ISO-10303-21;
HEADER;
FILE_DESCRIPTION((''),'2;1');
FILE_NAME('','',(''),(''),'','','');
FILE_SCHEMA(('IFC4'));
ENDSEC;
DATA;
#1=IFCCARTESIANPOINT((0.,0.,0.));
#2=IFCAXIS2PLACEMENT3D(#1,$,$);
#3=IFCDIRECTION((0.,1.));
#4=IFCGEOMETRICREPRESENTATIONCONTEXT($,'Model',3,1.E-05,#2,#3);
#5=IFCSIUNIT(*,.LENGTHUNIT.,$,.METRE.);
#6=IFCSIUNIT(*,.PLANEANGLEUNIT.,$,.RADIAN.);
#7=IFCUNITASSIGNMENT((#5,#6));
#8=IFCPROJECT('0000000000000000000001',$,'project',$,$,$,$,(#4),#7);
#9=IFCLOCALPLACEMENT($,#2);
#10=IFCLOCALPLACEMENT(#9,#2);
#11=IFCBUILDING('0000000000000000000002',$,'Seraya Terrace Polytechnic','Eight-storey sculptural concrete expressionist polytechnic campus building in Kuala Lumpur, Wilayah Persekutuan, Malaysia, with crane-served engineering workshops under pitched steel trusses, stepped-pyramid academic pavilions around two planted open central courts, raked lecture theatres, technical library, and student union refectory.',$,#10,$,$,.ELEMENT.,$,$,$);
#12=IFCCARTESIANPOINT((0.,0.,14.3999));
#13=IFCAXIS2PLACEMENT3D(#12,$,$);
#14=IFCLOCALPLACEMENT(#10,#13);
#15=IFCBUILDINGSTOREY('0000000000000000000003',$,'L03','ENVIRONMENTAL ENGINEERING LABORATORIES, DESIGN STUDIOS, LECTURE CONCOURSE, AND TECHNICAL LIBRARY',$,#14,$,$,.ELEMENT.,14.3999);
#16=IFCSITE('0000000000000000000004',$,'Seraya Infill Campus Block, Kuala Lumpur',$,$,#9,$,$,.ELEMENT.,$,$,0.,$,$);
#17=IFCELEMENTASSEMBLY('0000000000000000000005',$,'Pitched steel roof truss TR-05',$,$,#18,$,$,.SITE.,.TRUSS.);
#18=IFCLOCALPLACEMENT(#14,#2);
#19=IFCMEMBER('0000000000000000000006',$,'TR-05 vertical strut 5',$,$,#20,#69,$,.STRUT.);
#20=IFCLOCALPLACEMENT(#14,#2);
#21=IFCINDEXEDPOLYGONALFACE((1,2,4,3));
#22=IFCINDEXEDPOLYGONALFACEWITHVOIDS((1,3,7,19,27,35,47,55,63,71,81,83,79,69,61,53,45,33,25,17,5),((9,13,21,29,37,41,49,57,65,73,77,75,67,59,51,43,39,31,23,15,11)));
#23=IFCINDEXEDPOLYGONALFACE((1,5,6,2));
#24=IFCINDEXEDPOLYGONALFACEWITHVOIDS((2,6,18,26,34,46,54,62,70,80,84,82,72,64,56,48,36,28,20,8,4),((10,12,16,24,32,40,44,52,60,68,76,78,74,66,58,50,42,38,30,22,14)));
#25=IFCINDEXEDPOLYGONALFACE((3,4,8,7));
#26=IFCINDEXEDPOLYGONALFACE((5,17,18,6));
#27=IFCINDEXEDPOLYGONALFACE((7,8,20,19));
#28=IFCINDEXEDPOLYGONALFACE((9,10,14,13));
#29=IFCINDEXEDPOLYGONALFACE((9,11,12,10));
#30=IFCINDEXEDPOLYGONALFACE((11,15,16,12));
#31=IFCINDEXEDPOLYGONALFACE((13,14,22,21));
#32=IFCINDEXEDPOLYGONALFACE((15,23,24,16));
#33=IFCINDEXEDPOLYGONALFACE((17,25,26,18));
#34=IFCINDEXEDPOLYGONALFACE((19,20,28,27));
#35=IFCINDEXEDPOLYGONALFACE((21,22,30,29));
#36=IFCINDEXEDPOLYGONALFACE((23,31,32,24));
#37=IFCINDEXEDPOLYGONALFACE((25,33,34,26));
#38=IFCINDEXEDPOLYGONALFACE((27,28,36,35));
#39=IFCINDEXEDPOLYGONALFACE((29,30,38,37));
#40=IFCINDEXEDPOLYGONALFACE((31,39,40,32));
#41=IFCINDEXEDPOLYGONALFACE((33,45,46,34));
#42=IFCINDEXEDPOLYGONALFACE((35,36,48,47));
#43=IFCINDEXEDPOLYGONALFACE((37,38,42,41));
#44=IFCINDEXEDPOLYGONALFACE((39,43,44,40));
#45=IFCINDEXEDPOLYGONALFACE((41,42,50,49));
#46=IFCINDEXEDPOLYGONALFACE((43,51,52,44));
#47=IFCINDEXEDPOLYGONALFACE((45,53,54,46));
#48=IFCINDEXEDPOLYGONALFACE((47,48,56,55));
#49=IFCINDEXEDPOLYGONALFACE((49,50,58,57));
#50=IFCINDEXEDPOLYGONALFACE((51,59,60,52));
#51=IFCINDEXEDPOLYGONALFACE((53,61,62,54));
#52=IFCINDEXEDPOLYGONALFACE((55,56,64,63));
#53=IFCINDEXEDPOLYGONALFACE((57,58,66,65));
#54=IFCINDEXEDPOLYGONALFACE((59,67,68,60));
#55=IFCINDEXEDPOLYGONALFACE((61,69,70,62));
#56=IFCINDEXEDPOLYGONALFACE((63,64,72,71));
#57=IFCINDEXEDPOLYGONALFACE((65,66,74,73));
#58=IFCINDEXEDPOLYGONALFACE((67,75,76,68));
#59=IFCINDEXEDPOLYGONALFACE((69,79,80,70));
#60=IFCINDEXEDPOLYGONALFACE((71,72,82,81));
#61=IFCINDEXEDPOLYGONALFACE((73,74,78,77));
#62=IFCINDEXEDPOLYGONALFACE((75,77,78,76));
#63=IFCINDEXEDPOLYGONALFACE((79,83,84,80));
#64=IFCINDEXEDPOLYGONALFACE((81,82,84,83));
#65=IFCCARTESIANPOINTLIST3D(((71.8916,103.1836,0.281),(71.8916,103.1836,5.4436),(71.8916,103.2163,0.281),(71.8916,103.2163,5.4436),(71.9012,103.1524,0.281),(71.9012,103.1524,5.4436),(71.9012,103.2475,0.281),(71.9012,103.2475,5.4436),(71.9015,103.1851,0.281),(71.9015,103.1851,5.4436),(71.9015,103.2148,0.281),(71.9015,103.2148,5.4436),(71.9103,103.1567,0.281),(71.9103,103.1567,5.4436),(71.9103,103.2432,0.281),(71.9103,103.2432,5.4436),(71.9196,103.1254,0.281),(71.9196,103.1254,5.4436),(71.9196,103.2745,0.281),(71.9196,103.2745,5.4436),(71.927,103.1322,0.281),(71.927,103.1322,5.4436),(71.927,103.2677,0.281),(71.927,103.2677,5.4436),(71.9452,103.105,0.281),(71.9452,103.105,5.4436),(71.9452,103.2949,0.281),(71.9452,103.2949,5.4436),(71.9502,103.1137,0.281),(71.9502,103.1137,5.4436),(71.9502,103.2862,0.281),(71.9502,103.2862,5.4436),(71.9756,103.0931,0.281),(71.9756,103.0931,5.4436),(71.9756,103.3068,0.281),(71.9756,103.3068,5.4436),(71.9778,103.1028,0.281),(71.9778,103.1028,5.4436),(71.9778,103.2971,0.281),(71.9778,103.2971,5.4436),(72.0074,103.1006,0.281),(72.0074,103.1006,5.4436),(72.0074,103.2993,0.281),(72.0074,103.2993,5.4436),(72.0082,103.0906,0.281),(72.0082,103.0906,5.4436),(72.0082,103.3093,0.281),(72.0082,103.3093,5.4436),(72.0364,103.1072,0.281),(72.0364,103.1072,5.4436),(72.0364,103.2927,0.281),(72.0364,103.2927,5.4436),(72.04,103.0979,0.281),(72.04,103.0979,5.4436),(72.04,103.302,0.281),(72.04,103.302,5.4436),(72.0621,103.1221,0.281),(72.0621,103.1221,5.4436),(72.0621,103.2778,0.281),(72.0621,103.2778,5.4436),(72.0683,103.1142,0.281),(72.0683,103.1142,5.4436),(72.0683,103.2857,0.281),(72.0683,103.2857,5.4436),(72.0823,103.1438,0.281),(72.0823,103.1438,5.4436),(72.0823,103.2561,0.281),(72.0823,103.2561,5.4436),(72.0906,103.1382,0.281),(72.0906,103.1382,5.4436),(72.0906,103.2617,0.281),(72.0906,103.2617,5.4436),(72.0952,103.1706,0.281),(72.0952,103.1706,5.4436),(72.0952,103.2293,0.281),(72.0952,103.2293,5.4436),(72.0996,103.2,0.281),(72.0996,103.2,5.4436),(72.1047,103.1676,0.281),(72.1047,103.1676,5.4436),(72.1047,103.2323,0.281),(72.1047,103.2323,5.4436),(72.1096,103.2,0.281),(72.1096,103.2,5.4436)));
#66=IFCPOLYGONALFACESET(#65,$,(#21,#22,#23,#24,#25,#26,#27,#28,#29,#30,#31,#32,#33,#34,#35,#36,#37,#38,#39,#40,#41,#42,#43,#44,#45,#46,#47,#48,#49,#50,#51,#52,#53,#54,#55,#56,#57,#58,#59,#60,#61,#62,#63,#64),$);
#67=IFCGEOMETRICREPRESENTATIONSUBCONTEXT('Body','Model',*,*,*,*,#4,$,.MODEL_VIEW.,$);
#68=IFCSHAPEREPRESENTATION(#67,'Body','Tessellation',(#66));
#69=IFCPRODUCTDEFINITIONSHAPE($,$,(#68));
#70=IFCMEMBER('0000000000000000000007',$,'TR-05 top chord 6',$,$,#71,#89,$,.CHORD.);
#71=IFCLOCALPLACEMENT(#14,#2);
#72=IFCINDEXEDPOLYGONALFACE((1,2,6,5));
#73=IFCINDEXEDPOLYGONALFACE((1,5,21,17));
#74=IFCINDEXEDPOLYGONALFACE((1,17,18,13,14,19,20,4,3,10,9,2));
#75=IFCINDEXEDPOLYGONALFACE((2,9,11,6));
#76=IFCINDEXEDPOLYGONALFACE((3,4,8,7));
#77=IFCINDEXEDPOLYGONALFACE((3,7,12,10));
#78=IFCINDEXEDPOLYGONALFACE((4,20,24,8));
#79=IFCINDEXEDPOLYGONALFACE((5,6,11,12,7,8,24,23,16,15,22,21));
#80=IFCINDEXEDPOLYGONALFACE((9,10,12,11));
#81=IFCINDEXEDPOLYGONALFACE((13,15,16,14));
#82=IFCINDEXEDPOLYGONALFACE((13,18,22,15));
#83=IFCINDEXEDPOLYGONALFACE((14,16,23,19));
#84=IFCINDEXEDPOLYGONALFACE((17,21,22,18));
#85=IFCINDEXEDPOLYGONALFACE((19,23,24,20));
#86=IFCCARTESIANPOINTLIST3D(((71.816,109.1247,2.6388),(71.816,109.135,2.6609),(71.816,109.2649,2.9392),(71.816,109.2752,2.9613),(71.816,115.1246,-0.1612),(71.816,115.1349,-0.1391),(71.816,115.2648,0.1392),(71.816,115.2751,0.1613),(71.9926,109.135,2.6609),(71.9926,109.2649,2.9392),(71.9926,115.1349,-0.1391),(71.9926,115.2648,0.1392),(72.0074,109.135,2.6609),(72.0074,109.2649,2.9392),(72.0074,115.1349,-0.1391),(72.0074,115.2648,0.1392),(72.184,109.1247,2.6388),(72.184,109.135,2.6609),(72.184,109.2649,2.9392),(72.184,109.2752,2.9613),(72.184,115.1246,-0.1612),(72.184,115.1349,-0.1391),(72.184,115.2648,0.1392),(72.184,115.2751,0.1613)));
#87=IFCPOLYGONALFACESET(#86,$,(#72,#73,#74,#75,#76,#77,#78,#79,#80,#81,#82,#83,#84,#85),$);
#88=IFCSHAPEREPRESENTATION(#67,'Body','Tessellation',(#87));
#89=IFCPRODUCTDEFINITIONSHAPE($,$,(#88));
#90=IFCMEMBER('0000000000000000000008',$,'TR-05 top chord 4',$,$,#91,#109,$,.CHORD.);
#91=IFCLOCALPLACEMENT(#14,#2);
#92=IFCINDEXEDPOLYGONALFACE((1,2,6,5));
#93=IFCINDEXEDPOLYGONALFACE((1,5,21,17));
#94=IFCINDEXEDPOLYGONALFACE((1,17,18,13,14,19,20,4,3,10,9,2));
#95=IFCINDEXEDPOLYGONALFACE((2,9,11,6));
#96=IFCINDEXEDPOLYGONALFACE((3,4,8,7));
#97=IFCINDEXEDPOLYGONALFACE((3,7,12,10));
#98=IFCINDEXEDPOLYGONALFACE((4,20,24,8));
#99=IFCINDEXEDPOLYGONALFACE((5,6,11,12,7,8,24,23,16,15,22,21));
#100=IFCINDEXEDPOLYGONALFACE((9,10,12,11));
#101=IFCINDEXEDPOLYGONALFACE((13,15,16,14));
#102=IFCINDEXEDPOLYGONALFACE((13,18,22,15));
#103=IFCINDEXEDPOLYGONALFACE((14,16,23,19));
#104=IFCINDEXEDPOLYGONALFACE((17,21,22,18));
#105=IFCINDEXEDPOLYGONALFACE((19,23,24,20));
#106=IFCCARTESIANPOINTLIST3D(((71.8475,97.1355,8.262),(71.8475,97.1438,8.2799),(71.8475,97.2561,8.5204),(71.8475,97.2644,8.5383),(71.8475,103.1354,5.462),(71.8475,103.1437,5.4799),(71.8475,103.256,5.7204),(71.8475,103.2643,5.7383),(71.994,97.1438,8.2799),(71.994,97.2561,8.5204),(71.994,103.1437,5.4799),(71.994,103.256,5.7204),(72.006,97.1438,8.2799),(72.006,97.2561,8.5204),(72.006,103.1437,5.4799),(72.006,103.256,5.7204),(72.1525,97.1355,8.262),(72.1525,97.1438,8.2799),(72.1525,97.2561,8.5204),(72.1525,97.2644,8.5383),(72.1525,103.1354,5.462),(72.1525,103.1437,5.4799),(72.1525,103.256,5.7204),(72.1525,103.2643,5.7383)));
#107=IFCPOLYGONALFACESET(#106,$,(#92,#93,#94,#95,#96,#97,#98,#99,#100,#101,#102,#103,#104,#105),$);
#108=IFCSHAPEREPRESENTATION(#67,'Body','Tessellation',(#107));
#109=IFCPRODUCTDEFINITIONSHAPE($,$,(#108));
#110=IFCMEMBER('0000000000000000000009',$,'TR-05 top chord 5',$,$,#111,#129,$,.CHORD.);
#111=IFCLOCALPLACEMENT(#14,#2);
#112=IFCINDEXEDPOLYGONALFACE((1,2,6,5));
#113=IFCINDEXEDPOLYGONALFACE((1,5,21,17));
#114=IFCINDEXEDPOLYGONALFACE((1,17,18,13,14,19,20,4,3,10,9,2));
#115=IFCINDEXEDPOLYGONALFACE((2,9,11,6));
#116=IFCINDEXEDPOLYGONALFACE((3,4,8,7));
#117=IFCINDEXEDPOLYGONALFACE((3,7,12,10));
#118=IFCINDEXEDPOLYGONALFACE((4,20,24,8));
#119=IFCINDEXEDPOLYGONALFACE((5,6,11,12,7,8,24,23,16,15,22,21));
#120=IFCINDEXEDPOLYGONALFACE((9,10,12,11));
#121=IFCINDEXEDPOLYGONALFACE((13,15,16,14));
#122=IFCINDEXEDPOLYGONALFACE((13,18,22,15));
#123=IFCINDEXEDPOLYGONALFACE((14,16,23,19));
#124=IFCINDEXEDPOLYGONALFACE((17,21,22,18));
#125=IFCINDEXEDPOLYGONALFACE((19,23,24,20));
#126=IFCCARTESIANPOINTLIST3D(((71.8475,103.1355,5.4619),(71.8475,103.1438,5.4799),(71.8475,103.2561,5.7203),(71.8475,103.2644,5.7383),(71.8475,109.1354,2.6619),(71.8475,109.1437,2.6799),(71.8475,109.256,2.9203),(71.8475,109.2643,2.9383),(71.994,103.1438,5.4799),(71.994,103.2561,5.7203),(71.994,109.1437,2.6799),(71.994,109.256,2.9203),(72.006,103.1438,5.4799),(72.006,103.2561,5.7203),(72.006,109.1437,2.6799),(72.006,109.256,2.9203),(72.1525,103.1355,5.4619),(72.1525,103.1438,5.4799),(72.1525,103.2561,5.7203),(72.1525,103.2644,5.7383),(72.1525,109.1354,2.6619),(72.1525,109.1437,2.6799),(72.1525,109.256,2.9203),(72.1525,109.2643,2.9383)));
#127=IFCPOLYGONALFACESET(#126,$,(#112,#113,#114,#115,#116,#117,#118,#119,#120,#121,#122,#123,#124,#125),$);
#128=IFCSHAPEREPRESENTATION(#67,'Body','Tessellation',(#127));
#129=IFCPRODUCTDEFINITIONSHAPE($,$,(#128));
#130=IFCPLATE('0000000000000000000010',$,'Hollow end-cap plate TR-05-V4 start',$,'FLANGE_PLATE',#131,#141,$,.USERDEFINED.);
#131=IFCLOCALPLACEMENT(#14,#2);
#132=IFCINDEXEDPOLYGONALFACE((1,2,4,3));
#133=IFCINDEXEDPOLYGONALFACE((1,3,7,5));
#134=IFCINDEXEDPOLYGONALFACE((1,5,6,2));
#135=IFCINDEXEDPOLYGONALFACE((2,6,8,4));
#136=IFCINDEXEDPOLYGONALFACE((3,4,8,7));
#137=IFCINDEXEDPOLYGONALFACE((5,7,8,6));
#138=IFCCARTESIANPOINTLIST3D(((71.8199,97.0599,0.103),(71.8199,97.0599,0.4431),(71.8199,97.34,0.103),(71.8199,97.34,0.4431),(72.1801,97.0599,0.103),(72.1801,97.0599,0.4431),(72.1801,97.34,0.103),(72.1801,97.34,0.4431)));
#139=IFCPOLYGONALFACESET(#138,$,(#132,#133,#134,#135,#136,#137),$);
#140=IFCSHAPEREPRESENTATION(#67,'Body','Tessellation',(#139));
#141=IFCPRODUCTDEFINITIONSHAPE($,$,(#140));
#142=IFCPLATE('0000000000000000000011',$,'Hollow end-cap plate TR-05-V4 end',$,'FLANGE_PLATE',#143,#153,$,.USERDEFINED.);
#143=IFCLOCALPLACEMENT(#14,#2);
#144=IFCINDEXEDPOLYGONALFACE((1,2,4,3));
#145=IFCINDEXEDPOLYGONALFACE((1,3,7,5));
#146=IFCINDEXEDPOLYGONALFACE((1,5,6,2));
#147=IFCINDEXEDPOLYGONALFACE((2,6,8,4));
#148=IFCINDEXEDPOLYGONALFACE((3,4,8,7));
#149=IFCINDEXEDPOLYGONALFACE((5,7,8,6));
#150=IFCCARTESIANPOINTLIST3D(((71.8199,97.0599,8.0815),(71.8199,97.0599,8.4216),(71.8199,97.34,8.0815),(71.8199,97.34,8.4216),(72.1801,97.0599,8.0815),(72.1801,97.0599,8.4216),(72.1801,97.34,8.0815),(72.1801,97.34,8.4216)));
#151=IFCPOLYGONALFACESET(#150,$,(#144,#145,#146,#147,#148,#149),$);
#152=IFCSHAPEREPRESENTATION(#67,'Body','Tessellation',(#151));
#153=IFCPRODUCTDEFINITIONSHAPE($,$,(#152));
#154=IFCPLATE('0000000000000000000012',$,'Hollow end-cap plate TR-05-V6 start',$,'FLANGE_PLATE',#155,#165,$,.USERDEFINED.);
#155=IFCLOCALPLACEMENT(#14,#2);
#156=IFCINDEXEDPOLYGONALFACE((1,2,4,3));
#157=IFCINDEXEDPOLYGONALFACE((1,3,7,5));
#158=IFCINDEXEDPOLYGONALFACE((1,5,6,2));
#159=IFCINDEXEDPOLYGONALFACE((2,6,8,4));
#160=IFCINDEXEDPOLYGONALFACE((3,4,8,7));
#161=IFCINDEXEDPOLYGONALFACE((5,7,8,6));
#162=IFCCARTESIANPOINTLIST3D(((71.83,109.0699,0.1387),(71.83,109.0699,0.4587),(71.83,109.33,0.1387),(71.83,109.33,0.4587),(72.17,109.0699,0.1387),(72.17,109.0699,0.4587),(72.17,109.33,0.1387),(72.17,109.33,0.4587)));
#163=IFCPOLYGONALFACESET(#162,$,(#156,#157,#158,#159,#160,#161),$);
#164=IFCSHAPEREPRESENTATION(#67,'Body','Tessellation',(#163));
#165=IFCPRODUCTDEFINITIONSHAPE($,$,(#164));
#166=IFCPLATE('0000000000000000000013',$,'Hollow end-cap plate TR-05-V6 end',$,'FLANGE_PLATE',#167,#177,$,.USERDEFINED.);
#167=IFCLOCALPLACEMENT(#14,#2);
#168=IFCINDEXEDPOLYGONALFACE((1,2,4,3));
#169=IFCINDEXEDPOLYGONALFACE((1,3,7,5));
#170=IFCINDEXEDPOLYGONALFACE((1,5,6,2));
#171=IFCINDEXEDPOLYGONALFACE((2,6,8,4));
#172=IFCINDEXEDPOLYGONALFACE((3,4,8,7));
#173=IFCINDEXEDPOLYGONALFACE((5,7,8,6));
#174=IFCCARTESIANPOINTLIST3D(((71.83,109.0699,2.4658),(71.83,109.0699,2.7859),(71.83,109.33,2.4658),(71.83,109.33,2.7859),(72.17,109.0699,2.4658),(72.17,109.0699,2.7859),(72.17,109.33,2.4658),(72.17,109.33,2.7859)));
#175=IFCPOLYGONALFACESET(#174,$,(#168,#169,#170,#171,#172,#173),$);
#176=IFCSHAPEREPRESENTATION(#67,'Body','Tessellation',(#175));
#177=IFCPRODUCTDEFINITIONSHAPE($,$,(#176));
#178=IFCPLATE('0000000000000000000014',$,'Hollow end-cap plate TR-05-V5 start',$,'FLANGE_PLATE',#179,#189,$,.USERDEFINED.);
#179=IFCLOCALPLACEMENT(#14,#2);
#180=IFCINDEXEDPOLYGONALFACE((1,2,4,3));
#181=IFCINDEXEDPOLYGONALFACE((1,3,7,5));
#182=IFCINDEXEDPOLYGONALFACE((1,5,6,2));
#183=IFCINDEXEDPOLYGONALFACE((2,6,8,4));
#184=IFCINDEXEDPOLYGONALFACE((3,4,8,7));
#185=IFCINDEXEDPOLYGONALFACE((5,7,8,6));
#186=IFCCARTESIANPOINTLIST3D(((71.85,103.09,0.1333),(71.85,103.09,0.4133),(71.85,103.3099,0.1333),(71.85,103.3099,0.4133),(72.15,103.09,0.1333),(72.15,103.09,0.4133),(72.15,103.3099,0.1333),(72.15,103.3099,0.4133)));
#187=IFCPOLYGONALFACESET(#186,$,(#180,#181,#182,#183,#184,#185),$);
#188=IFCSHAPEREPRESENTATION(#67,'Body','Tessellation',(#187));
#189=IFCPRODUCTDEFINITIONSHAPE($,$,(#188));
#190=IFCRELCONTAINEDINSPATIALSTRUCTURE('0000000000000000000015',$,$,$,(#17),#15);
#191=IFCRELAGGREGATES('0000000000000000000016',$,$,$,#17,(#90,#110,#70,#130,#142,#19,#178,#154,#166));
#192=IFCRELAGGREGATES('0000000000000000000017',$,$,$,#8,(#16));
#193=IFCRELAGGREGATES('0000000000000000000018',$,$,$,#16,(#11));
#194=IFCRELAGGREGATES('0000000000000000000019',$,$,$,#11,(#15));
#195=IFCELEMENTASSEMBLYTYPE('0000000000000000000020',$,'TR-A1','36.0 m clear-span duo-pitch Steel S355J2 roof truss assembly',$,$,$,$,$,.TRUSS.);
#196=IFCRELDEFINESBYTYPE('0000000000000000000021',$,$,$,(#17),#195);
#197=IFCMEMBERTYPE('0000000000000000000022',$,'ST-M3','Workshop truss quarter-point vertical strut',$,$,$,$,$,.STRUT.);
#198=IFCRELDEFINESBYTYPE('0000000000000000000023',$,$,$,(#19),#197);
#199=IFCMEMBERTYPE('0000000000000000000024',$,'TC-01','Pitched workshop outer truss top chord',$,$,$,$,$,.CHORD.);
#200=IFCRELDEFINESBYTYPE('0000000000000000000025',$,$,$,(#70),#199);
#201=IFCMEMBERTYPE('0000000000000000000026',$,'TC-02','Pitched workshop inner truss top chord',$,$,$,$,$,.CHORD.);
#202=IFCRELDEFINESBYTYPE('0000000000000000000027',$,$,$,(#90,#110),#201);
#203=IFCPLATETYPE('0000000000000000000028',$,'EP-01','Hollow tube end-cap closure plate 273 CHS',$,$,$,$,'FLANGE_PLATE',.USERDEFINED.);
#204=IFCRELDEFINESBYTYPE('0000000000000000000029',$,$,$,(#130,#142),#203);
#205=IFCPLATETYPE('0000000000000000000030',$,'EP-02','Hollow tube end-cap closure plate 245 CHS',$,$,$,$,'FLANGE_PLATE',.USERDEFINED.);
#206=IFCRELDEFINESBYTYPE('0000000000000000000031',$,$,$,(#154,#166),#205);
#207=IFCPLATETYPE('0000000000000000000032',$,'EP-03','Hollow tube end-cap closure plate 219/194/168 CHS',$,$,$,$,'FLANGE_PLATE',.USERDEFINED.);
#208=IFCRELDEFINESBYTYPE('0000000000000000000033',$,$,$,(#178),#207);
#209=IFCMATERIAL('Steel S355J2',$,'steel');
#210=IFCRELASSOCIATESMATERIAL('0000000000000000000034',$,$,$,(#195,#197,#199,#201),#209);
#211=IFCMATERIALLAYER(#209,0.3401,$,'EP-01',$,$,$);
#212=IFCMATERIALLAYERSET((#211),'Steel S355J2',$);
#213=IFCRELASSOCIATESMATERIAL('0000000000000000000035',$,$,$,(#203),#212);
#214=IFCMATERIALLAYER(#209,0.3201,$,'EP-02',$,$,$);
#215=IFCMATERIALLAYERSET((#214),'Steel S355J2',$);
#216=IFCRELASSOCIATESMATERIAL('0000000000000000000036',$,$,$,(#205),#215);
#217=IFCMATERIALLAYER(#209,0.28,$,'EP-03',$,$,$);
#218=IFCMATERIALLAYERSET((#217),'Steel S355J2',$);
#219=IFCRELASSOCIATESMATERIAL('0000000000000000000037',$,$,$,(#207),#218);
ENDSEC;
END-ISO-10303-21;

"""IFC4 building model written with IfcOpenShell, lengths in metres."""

from ifc_helpers import new_model, si_unit, direction, frame, origin, origin_2d, place, context, subcontext, project, spatial, rectangle, hollow_circle, i_section, extrude, material, layer, layer_set, material_profile, profile_set, type_object, element, aggregate, save


model = new_model("IFC4")

# Units and contexts
model_context = context("Model", 3, precision=1e-05, world=origin(), true_north=direction((0.0, 1.0)))
body_context = subcontext(model_context, "Body", "Model", "MODEL_VIEW")
ifc_project = project(units=[si_unit("LENGTHUNIT", "METRE"), si_unit("PLANEANGLEUNIT", "RADIAN")], contexts=[model_context])

# Site, building, storey
site_placement = place(None, origin())
site = spatial("IfcSite", under=ifc_project, at=site_placement, Name="Seraya Infill Campus Block, Kuala Lumpur", CompositionType="ELEMENT", RefElevation=0.0)
building_placement = place(site_placement, origin())
building = spatial("IfcBuilding", under=site, at=building_placement, Name="Seraya Terrace Polytechnic", Description="Eight-storey sculptural concrete expressionist polytechnic campus building in Kuala Lumpur, Wilayah Persekutuan, Malaysia, with crane-served engineering workshops under pitched steel trusses, stepped-pyramid academic pavilions around two planted open central courts, raked lecture theatres, technical library, and student union refectory.", CompositionType="ELEMENT")
storey_placement = place(building_placement, frame((0.0, 0.0, 14.3999)))
storey = spatial("IfcBuildingStorey", under=building, at=storey_placement, Name="L03", Description="ENVIRONMENTAL ENGINEERING LABORATORIES, DESIGN STUDIOS, LECTURE CONCOURSE, AND TECHNICAL LIBRARY", CompositionType="ELEMENT", Elevation=14.3999)

# Element assembly
ifc_material_1 = material(Name="Steel S355J2", Category="steel")
element_assembly_type = type_object("IfcElementAssemblyType", Name="TR-A1", Description="36.0 m clear-span duo-pitch Steel S355J2 roof truss assembly", PredefinedType="TRUSS", material=ifc_material_1)
assembly_placement = place(storey_placement, origin())
assembly = element("IfcElementAssembly", 1, at=assembly_placement, inside=storey, type_object=element_assembly_type, Name="Pitched steel roof truss TR-05", AssemblyPlace="SITE", PredefinedType="TRUSS")

# Members
ifc_material_profile_1 = material_profile(ifc_material_1, hollow_circle(Radius=0.1096, WallThickness=0.01, at=origin_2d()), Name="CHS 219.1x10.0")
ifc_profile_set_1 = profile_set([ifc_material_profile_1], Name="Steel S355J2")
member_type_1 = type_object("IfcMemberType", Name="ST-M3", Description="Workshop truss quarter-point vertical strut", PredefinedType="STRUT", material=ifc_profile_set_1)
member_1_placement = place(storey_placement, frame((72.0, 103.2, 0.281), z_axis=(0.0, 0.0, 1.0), x_axis=(1.0, 0.0, 0.0)))
member_1 = element("IfcMember", 2, at=member_1_placement, type_object=member_type_1, Name="TR-05 vertical strut 5", PredefinedType="STRUT", context=body_context, shape_type="SweptSolid", body=[
    extrude(hollow_circle(Radius=0.1096, WallThickness=0.01, at=origin_2d()), origin(), (0.0, 0.0, 1.0), 5.1626),
])
ifc_material_profile_2 = material_profile(ifc_material_1, i_section(OverallWidth=0.3679, OverallDepth=0.356, WebThickness=0.0149, FlangeThickness=0.0244, at=origin_2d()), Name="UKC 356x368x15.0x24.4")
ifc_profile_set_2 = profile_set([ifc_material_profile_2], Name="Steel S355J2")
member_type_2 = type_object("IfcMemberType", Name="TC-01", Description="Pitched workshop outer truss top chord", PredefinedType="CHORD", material=ifc_profile_set_2)
member_2_placement = place(storey_placement, frame((72.0, 109.2, 2.8), z_axis=(0.0, 0.90618, -0.422892), x_axis=(-1.0, 0.0, 0.0)))
member_2 = element("IfcMember", 3, at=member_2_placement, type_object=member_type_2, Name="TR-05 top chord 6", PredefinedType="CHORD", context=body_context, shape_type="SweptSolid", body=[
    extrude(i_section(OverallWidth=0.3679, OverallDepth=0.356, WebThickness=0.0149, FlangeThickness=0.0244, at=origin_2d()), origin(), (0.0, 0.0, 1.0), 6.6211),
])
ifc_material_profile_3 = material_profile(ifc_material_1, i_section(OverallWidth=0.3049, OverallDepth=0.3049, WebThickness=0.012, FlangeThickness=0.0198, at=origin_2d()), Name="UKC 305x305x12.0x19.7")
ifc_profile_set_3 = profile_set([ifc_material_profile_3], Name="Steel S355J2")
member_type_3 = type_object("IfcMemberType", Name="TC-02", Description="Pitched workshop inner truss top chord", PredefinedType="CHORD", material=ifc_profile_set_3)
member_3_placement = place(storey_placement, frame((72.0, 97.2, 8.4001), z_axis=(0.0, 0.90618, -0.422892), x_axis=(-1.0, 0.0, 0.0)))
member_3 = element("IfcMember", 4, at=member_3_placement, type_object=member_type_3, Name="TR-05 top chord 4", PredefinedType="CHORD", context=body_context, shape_type="SweptSolid", body=[
    extrude(i_section(OverallWidth=0.3049, OverallDepth=0.3049, WebThickness=0.012, FlangeThickness=0.0198, at=origin_2d()), origin(), (0.0, 0.0, 1.0), 6.6211),
])
member_4_placement = place(storey_placement, frame((72.0, 103.2, 5.6001), z_axis=(0.0, 0.90618, -0.422892), x_axis=(-1.0, 0.0, 0.0)))
member_4 = element("IfcMember", 5, at=member_4_placement, type_object=member_type_3, Name="TR-05 top chord 5", PredefinedType="CHORD", context=body_context, shape_type="SweptSolid", body=[
    extrude(i_section(OverallWidth=0.3049, OverallDepth=0.3049, WebThickness=0.012, FlangeThickness=0.0198, at=origin_2d()), origin(), (0.0, 0.0, 1.0), 6.6211),
])

# Plates
ifc_layer_1 = layer(ifc_material_1, 0.3401, Name="EP-01")
ifc_layer_set_1 = layer_set([ifc_layer_1], Name="Steel S355J2")
plate_type_1 = type_object("IfcPlateType", Name="EP-01", Description="Hollow tube end-cap closure plate 273 CHS", ElementType="FLANGE_PLATE", PredefinedType="USERDEFINED", material=ifc_layer_set_1)
plate_1_placement = place(storey_placement, frame((72.0, 97.2, 0.103), z_axis=(0.0, 0.0, 1.0), x_axis=(1.0, 0.0, 0.0)))
plate_1 = element("IfcPlate", 6, at=plate_1_placement, type_object=plate_type_1, Name="Hollow end-cap plate TR-05-V4 start", ObjectType="FLANGE_PLATE", PredefinedType="USERDEFINED", context=body_context, shape_type="SweptSolid", body=[
    extrude(rectangle(XDim=0.3601, YDim=0.28, at=origin_2d()), origin(), (0.0, 0.0, 1.0), 0.3401),
])
plate_2_placement = place(storey_placement, frame((72.0, 97.2, 8.0815), z_axis=(0.0, 0.0, 1.0), x_axis=(1.0, 0.0, 0.0)))
plate_2 = element("IfcPlate", 7, at=plate_2_placement, type_object=plate_type_1, Name="Hollow end-cap plate TR-05-V4 end", ObjectType="FLANGE_PLATE", PredefinedType="USERDEFINED", context=body_context, shape_type="SweptSolid", body=[
    extrude(rectangle(XDim=0.3601, YDim=0.28, at=origin_2d()), origin(), (0.0, 0.0, 1.0), 0.3401),
])
ifc_layer_2 = layer(ifc_material_1, 0.3201, Name="EP-02")
ifc_layer_set_2 = layer_set([ifc_layer_2], Name="Steel S355J2")
plate_type_2 = type_object("IfcPlateType", Name="EP-02", Description="Hollow tube end-cap closure plate 245 CHS", ElementType="FLANGE_PLATE", PredefinedType="USERDEFINED", material=ifc_layer_set_2)
plate_3_placement = place(storey_placement, frame((72.0, 109.2, 0.1387), z_axis=(0.0, 0.0, 1.0), x_axis=(1.0, 0.0, 0.0)))
plate_3 = element("IfcPlate", 8, at=plate_3_placement, type_object=plate_type_2, Name="Hollow end-cap plate TR-05-V6 start", ObjectType="FLANGE_PLATE", PredefinedType="USERDEFINED", context=body_context, shape_type="SweptSolid", body=[
    extrude(rectangle(XDim=0.3401, YDim=0.26, at=origin_2d()), origin(), (0.0, 0.0, 1.0), 0.3201),
])
plate_4_placement = place(storey_placement, frame((72.0, 109.2, 2.4658), z_axis=(0.0, 0.0, 1.0), x_axis=(1.0, 0.0, 0.0)))
plate_4 = element("IfcPlate", 9, at=plate_4_placement, type_object=plate_type_2, Name="Hollow end-cap plate TR-05-V6 end", ObjectType="FLANGE_PLATE", PredefinedType="USERDEFINED", context=body_context, shape_type="SweptSolid", body=[
    extrude(rectangle(XDim=0.3401, YDim=0.26, at=origin_2d()), origin(), (0.0, 0.0, 1.0), 0.3201),
])
ifc_layer_3 = layer(ifc_material_1, 0.28, Name="EP-03")
ifc_layer_set_3 = layer_set([ifc_layer_3], Name="Steel S355J2")
plate_type_3 = type_object("IfcPlateType", Name="EP-03", Description="Hollow tube end-cap closure plate 219/194/168 CHS", ElementType="FLANGE_PLATE", PredefinedType="USERDEFINED", material=ifc_layer_set_3)
plate_5_placement = place(storey_placement, frame((72.0, 103.2, 0.1333), z_axis=(0.0, 0.0, 1.0), x_axis=(1.0, 0.0, 0.0)))
plate_5 = element("IfcPlate", 10, at=plate_5_placement, type_object=plate_type_3, Name="Hollow end-cap plate TR-05-V5 start", ObjectType="FLANGE_PLATE", PredefinedType="USERDEFINED", context=body_context, shape_type="SweptSolid", body=[
    extrude(rectangle(XDim=0.3, YDim=0.22, at=origin_2d()), origin(), (0.0, 0.0, 1.0), 0.28),
])
aggregate(assembly, [member_3, member_4, member_2, plate_1, plate_2, member_1, plate_5, plate_3, plate_4])

save(model, "model.ifc")
